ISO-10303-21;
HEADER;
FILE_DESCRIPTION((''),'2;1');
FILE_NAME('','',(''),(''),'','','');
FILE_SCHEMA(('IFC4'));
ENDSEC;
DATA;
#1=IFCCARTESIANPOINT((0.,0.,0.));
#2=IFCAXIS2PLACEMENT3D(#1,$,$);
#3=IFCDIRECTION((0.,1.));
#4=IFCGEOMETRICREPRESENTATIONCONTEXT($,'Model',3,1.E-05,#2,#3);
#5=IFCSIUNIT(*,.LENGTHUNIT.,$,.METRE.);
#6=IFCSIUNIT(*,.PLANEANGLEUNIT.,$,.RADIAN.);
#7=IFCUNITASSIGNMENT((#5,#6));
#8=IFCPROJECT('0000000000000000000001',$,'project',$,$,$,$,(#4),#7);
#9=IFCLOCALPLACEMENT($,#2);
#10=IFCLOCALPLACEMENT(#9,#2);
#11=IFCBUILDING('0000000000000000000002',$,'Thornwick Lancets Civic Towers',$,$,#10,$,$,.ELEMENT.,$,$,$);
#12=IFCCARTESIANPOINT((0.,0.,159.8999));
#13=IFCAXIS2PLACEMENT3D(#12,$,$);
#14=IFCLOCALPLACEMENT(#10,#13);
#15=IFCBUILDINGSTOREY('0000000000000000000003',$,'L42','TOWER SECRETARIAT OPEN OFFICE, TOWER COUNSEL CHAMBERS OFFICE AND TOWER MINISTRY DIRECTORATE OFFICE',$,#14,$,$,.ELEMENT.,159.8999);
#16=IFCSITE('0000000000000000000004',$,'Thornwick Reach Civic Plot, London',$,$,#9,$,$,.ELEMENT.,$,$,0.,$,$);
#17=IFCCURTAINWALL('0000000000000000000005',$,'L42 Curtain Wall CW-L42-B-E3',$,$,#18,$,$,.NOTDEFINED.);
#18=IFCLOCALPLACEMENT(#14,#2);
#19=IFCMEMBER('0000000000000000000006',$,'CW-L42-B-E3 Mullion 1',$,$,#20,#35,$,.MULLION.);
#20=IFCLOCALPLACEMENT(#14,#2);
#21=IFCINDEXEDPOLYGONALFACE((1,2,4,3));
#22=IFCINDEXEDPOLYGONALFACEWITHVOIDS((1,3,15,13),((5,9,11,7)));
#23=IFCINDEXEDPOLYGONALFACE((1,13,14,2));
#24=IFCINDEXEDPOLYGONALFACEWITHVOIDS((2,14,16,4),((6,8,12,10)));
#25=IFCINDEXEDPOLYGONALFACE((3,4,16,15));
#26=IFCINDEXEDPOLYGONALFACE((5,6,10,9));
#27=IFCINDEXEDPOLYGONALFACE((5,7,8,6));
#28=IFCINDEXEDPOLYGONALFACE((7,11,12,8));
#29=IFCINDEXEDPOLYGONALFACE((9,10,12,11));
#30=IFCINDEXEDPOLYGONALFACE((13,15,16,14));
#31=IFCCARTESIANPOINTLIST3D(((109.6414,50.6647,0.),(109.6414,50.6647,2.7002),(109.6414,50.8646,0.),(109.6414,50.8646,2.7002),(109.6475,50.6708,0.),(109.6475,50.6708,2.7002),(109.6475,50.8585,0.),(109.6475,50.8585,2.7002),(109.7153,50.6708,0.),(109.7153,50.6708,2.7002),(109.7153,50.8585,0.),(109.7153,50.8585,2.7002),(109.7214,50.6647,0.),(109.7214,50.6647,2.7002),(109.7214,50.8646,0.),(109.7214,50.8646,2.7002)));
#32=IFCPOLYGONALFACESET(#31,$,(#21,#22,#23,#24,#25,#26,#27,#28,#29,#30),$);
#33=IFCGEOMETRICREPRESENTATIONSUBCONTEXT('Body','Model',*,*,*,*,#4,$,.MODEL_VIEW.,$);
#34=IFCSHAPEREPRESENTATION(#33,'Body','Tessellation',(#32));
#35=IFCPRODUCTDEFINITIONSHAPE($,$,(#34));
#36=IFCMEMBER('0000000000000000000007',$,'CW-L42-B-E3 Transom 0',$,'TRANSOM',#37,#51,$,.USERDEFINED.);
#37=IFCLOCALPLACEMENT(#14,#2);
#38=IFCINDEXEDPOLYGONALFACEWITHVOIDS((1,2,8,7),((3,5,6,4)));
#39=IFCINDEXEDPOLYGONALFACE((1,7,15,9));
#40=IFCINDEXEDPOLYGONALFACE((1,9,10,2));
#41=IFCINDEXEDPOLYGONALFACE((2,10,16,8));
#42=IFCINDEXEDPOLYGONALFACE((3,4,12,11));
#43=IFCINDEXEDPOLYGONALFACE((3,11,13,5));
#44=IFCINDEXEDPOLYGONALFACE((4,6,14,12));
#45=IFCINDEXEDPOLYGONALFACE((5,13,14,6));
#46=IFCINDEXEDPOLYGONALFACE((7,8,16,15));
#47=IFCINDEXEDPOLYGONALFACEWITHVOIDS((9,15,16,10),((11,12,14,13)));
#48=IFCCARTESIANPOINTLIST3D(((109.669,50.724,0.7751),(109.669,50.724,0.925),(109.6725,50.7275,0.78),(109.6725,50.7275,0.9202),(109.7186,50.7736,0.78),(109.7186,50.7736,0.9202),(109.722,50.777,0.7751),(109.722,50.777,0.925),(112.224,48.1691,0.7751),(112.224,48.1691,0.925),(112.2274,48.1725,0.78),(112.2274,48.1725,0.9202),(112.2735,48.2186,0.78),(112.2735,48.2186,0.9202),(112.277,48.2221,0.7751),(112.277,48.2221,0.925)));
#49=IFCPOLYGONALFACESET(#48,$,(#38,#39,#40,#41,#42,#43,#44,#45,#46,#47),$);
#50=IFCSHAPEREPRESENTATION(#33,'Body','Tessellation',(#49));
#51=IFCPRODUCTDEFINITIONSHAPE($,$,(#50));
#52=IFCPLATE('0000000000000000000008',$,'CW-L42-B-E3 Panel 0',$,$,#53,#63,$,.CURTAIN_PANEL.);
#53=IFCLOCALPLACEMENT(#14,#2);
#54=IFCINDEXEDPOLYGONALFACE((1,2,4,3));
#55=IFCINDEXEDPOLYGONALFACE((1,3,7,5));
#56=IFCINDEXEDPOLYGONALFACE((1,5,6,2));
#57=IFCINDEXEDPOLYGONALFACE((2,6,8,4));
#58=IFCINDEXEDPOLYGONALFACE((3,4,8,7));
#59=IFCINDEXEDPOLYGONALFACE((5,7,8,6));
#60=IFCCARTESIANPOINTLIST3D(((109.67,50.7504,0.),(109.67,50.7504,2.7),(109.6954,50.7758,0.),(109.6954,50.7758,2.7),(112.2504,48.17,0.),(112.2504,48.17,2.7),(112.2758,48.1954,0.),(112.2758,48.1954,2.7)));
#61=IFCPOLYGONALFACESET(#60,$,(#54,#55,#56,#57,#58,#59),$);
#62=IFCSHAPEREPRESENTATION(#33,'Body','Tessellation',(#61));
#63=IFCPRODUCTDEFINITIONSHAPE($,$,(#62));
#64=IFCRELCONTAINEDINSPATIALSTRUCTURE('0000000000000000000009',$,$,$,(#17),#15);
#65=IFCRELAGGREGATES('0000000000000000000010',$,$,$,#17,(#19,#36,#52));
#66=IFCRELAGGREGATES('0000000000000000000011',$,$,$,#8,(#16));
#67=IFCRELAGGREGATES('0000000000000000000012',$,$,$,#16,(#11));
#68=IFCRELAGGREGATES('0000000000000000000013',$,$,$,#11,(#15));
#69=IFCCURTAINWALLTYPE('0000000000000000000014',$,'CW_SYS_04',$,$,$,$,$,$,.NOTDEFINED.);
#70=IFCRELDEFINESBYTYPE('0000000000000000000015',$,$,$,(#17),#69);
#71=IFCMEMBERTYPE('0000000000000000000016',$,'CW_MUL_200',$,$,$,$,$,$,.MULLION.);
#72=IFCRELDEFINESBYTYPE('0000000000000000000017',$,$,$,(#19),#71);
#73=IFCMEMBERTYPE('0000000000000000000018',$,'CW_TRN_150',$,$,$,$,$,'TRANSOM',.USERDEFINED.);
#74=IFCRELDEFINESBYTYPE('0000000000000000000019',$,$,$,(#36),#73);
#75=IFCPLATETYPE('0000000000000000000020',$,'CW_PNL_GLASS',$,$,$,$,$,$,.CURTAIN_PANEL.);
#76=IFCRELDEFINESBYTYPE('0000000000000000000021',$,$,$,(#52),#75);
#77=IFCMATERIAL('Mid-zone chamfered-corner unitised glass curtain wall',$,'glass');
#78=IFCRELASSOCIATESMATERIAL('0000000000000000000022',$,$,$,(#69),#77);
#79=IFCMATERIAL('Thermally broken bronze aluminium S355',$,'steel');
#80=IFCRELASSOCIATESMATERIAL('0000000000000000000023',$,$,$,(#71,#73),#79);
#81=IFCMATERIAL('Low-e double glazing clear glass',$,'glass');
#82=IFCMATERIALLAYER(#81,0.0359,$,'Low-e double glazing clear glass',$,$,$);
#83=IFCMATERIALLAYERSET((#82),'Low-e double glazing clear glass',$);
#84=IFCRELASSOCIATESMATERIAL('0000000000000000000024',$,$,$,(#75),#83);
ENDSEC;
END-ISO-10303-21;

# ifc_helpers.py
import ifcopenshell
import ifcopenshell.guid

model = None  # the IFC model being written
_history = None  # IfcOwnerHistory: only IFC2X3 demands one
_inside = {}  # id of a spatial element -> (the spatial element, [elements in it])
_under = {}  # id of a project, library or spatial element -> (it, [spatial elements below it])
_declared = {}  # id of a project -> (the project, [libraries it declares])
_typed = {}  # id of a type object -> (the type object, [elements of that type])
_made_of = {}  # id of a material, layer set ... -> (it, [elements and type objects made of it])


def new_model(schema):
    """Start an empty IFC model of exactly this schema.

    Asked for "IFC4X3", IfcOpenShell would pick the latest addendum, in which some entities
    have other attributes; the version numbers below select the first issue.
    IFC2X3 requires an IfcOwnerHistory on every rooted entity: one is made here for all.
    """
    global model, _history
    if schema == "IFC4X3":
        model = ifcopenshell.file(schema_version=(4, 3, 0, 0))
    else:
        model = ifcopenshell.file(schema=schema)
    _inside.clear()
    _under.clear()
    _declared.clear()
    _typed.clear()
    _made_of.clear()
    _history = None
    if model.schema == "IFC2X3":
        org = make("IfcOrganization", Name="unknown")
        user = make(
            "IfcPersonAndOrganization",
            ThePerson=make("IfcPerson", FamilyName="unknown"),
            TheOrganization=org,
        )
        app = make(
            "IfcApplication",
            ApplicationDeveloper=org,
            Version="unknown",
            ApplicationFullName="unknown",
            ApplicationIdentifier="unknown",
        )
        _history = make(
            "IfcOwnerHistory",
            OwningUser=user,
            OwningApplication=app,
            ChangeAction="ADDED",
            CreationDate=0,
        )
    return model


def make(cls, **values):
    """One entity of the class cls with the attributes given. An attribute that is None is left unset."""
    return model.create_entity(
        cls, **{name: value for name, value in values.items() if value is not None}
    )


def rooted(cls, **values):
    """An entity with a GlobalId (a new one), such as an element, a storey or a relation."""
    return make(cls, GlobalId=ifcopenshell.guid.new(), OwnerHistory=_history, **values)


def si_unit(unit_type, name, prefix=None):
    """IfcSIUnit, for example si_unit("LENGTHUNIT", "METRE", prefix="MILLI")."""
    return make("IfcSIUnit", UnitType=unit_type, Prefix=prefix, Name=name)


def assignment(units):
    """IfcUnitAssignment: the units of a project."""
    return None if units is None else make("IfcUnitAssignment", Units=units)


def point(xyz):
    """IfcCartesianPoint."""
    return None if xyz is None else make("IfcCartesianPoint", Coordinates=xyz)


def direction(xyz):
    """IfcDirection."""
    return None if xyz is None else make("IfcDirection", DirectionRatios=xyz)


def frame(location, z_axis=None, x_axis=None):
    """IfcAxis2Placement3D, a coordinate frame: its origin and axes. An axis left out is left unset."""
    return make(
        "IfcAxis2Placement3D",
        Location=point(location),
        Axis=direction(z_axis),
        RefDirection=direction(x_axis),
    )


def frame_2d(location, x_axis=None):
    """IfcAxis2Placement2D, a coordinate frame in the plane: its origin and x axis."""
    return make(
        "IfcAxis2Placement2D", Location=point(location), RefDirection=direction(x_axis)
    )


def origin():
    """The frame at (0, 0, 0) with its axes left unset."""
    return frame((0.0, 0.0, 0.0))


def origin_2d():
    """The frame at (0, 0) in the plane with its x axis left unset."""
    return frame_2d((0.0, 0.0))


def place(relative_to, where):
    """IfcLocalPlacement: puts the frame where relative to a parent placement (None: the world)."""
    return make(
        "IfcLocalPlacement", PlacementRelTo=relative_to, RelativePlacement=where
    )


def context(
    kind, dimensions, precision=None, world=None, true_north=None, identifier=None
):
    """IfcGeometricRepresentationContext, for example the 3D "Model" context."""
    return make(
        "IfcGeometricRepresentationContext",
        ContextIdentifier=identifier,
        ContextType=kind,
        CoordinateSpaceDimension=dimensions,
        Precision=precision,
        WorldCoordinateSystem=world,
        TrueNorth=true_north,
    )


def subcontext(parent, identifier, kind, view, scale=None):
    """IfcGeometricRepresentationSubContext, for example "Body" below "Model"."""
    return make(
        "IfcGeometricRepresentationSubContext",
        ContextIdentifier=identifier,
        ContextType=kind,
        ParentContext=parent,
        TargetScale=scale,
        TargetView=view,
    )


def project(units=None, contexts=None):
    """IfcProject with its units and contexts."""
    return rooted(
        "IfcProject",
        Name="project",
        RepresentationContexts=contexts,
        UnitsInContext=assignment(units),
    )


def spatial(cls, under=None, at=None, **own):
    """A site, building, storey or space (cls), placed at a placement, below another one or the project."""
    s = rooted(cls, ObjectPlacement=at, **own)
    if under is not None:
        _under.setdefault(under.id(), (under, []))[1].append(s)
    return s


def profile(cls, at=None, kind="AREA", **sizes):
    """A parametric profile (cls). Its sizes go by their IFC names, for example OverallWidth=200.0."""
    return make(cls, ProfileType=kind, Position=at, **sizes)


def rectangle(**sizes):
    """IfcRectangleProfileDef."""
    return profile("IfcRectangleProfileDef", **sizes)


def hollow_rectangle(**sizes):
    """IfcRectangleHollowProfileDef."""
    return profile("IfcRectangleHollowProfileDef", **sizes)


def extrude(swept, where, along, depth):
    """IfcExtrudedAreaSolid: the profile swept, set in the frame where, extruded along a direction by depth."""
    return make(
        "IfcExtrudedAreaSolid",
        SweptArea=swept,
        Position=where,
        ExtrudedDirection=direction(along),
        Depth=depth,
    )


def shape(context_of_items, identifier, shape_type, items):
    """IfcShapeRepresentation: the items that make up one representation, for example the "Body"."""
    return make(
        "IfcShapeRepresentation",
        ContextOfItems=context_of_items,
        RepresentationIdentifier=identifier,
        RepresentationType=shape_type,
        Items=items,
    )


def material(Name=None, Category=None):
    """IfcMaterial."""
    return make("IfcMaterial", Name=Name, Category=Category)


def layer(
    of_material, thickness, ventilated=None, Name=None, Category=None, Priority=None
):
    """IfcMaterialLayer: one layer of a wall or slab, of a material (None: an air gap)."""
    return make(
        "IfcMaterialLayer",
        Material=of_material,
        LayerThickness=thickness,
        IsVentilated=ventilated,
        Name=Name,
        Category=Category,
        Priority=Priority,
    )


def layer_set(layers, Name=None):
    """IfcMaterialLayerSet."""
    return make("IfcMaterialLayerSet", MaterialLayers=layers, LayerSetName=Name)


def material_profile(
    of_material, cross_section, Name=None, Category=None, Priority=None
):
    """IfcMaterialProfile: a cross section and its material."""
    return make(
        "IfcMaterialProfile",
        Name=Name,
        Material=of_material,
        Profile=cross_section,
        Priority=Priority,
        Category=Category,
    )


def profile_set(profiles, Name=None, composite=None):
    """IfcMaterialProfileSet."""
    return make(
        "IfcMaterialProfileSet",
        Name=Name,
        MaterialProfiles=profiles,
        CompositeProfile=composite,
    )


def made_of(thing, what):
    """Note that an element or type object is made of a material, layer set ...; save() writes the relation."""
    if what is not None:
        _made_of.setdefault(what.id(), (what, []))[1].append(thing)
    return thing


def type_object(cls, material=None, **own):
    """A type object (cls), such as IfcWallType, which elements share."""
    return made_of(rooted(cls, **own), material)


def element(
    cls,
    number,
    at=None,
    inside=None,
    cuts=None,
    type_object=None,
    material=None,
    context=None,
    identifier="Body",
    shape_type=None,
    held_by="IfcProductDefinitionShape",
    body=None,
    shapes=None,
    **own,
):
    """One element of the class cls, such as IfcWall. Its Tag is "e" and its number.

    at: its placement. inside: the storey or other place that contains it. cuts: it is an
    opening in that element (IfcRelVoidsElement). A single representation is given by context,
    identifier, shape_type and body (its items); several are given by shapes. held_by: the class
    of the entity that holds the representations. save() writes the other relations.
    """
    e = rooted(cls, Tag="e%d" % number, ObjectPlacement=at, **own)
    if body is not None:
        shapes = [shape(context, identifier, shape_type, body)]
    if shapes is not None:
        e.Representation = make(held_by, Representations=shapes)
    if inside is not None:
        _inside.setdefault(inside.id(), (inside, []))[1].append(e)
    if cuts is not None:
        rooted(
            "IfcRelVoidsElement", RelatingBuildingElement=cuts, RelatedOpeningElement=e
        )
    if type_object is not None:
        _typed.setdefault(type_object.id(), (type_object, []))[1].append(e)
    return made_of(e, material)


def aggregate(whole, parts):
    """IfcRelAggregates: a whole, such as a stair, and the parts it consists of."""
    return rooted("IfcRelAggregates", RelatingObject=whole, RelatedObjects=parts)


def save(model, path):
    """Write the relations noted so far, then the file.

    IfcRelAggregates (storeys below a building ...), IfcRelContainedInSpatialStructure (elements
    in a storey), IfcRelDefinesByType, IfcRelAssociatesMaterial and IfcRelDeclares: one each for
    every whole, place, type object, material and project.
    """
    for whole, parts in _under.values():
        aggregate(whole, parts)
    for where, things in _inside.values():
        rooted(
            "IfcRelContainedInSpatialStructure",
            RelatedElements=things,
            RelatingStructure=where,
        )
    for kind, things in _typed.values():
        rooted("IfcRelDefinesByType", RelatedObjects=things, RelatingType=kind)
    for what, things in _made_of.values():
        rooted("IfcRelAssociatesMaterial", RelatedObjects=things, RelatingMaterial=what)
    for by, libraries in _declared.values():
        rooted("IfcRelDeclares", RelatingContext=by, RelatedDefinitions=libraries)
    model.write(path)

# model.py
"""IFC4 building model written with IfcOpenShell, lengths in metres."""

from ifc_helpers import new_model, si_unit, direction, frame, origin, origin_2d, place, context, subcontext, project, spatial, rectangle, hollow_rectangle, extrude, material, layer, layer_set, material_profile, profile_set, type_object, element, aggregate, save


model = new_model("IFC4")

# Units and contexts
model_context = context("Model", 3, precision=1e-05, world=origin(), true_north=direction((0.0, 1.0)))
body_context = subcontext(model_context, "Body", "Model", "MODEL_VIEW")
ifc_project = project(units=[si_unit("LENGTHUNIT", "METRE"), si_unit("PLANEANGLEUNIT", "RADIAN")], contexts=[model_context])

# Site, building, storey
site_placement = place(None, origin())
site = spatial("IfcSite", under=ifc_project, at=site_placement, Name="Thornwick Reach Civic Plot, London", CompositionType="ELEMENT", RefElevation=0.0)
building_placement = place(site_placement, origin())
building = spatial("IfcBuilding", under=site, at=building_placement, Name="Thornwick Lancets Civic Towers", CompositionType="ELEMENT")
storey_placement = place(building_placement, frame((0.0, 0.0, 159.8999)))
storey = spatial("IfcBuildingStorey", under=building, at=storey_placement, Name="L42", Description="TOWER SECRETARIAT OPEN OFFICE, TOWER COUNSEL CHAMBERS OFFICE AND TOWER MINISTRY DIRECTORATE OFFICE", CompositionType="ELEMENT", Elevation=159.8999)

# Curtain wall, members, plate
ifc_material_1 = material(Name="Mid-zone chamfered-corner unitised glass curtain wall", Category="glass")
curtain_wall_type = type_object("IfcCurtainWallType", Name="CW_SYS_04", PredefinedType="NOTDEFINED", material=ifc_material_1)
curtain_wall_placement = place(storey_placement, origin())
curtain_wall = element("IfcCurtainWall", 1, at=curtain_wall_placement, inside=storey, type_object=curtain_wall_type, Name="L42 Curtain Wall CW-L42-B-E3", PredefinedType="NOTDEFINED")
ifc_material_2 = material(Name="Thermally broken bronze aluminium S355", Category="steel")
ifc_material_profile_1 = material_profile(ifc_material_2, hollow_rectangle(XDim=0.0801, YDim=0.2, WallThickness=0.0061, at=origin_2d()), Name="RHS 200x80x6")
ifc_profile_set_1 = profile_set([ifc_material_profile_1], Name="Thermally broken bronze aluminium S355")
member_type_1 = type_object("IfcMemberType", Name="CW_MUL_200", PredefinedType="MULLION", material=ifc_profile_set_1)
member_1_placement = place(storey_placement, frame((109.6814, 50.7646, 0.0), z_axis=(0.0, 0.0, 1.0), x_axis=(1.0, 0.0, 0.0)))
member_1 = element("IfcMember", 2, at=member_1_placement, type_object=member_type_1, Name="CW-L42-B-E3 Mullion 1", PredefinedType="MULLION", context=body_context, shape_type="SweptSolid", body=[
    extrude(hollow_rectangle(XDim=0.0801, YDim=0.2, WallThickness=0.0061, at=origin_2d()), origin(), (0.0, 0.0, 1.0), 2.7002),
])
ifc_material_profile_2 = material_profile(ifc_material_2, hollow_rectangle(XDim=0.075, YDim=0.1499, WallThickness=0.0049, at=origin_2d()), Name="RHS 150x75x5")
ifc_profile_set_2 = profile_set([ifc_material_profile_2], Name="Thermally broken bronze aluminium S355")
member_type_2 = type_object("IfcMemberType", Name="CW_TRN_150", ElementType="TRANSOM", PredefinedType="USERDEFINED", material=ifc_profile_set_2)
member_2_placement = place(storey_placement, frame((112.2505, 48.1956, 0.8501), z_axis=(-0.707107, 0.707107, 0.0), x_axis=(-0.707107, -0.707107, 0.0)))
member_2 = element("IfcMember", 3, at=member_2_placement, type_object=member_type_2, Name="CW-L42-B-E3 Transom 0", ObjectType="TRANSOM", PredefinedType="USERDEFINED", context=body_context, shape_type="SweptSolid", body=[
    extrude(hollow_rectangle(XDim=0.075, YDim=0.1499, WallThickness=0.0049, at=origin_2d()), origin(), (0.0, 0.0, 1.0), 3.6133),
])
ifc_material_3 = material(Name="Low-e double glazing clear glass", Category="glass")
ifc_layer_1 = layer(ifc_material_3, 0.0359, Name="Low-e double glazing clear glass")
ifc_layer_set_1 = layer_set([ifc_layer_1], Name="Low-e double glazing clear glass")
plate_type = type_object("IfcPlateType", Name="CW_PNL_GLASS", PredefinedType="CURTAIN_PANEL", material=ifc_layer_set_1)
plate_placement = place(storey_placement, frame((110.9729, 49.4729, 0.0), z_axis=(0.0, 0.0, 1.0), x_axis=(-0.707107, 0.707107, 0.0)))
plate = element("IfcPlate", 4, at=plate_placement, type_object=plate_type, Name="CW-L42-B-E3 Panel 0", PredefinedType="CURTAIN_PANEL", context=body_context, shape_type="SweptSolid", body=[
    extrude(rectangle(XDim=3.6492, YDim=0.0359, at=origin_2d()), origin(), (0.0, 0.0, 1.0), 2.7),
])
aggregate(curtain_wall, [member_1, member_2, plate])

save(model, "model.ifc")
